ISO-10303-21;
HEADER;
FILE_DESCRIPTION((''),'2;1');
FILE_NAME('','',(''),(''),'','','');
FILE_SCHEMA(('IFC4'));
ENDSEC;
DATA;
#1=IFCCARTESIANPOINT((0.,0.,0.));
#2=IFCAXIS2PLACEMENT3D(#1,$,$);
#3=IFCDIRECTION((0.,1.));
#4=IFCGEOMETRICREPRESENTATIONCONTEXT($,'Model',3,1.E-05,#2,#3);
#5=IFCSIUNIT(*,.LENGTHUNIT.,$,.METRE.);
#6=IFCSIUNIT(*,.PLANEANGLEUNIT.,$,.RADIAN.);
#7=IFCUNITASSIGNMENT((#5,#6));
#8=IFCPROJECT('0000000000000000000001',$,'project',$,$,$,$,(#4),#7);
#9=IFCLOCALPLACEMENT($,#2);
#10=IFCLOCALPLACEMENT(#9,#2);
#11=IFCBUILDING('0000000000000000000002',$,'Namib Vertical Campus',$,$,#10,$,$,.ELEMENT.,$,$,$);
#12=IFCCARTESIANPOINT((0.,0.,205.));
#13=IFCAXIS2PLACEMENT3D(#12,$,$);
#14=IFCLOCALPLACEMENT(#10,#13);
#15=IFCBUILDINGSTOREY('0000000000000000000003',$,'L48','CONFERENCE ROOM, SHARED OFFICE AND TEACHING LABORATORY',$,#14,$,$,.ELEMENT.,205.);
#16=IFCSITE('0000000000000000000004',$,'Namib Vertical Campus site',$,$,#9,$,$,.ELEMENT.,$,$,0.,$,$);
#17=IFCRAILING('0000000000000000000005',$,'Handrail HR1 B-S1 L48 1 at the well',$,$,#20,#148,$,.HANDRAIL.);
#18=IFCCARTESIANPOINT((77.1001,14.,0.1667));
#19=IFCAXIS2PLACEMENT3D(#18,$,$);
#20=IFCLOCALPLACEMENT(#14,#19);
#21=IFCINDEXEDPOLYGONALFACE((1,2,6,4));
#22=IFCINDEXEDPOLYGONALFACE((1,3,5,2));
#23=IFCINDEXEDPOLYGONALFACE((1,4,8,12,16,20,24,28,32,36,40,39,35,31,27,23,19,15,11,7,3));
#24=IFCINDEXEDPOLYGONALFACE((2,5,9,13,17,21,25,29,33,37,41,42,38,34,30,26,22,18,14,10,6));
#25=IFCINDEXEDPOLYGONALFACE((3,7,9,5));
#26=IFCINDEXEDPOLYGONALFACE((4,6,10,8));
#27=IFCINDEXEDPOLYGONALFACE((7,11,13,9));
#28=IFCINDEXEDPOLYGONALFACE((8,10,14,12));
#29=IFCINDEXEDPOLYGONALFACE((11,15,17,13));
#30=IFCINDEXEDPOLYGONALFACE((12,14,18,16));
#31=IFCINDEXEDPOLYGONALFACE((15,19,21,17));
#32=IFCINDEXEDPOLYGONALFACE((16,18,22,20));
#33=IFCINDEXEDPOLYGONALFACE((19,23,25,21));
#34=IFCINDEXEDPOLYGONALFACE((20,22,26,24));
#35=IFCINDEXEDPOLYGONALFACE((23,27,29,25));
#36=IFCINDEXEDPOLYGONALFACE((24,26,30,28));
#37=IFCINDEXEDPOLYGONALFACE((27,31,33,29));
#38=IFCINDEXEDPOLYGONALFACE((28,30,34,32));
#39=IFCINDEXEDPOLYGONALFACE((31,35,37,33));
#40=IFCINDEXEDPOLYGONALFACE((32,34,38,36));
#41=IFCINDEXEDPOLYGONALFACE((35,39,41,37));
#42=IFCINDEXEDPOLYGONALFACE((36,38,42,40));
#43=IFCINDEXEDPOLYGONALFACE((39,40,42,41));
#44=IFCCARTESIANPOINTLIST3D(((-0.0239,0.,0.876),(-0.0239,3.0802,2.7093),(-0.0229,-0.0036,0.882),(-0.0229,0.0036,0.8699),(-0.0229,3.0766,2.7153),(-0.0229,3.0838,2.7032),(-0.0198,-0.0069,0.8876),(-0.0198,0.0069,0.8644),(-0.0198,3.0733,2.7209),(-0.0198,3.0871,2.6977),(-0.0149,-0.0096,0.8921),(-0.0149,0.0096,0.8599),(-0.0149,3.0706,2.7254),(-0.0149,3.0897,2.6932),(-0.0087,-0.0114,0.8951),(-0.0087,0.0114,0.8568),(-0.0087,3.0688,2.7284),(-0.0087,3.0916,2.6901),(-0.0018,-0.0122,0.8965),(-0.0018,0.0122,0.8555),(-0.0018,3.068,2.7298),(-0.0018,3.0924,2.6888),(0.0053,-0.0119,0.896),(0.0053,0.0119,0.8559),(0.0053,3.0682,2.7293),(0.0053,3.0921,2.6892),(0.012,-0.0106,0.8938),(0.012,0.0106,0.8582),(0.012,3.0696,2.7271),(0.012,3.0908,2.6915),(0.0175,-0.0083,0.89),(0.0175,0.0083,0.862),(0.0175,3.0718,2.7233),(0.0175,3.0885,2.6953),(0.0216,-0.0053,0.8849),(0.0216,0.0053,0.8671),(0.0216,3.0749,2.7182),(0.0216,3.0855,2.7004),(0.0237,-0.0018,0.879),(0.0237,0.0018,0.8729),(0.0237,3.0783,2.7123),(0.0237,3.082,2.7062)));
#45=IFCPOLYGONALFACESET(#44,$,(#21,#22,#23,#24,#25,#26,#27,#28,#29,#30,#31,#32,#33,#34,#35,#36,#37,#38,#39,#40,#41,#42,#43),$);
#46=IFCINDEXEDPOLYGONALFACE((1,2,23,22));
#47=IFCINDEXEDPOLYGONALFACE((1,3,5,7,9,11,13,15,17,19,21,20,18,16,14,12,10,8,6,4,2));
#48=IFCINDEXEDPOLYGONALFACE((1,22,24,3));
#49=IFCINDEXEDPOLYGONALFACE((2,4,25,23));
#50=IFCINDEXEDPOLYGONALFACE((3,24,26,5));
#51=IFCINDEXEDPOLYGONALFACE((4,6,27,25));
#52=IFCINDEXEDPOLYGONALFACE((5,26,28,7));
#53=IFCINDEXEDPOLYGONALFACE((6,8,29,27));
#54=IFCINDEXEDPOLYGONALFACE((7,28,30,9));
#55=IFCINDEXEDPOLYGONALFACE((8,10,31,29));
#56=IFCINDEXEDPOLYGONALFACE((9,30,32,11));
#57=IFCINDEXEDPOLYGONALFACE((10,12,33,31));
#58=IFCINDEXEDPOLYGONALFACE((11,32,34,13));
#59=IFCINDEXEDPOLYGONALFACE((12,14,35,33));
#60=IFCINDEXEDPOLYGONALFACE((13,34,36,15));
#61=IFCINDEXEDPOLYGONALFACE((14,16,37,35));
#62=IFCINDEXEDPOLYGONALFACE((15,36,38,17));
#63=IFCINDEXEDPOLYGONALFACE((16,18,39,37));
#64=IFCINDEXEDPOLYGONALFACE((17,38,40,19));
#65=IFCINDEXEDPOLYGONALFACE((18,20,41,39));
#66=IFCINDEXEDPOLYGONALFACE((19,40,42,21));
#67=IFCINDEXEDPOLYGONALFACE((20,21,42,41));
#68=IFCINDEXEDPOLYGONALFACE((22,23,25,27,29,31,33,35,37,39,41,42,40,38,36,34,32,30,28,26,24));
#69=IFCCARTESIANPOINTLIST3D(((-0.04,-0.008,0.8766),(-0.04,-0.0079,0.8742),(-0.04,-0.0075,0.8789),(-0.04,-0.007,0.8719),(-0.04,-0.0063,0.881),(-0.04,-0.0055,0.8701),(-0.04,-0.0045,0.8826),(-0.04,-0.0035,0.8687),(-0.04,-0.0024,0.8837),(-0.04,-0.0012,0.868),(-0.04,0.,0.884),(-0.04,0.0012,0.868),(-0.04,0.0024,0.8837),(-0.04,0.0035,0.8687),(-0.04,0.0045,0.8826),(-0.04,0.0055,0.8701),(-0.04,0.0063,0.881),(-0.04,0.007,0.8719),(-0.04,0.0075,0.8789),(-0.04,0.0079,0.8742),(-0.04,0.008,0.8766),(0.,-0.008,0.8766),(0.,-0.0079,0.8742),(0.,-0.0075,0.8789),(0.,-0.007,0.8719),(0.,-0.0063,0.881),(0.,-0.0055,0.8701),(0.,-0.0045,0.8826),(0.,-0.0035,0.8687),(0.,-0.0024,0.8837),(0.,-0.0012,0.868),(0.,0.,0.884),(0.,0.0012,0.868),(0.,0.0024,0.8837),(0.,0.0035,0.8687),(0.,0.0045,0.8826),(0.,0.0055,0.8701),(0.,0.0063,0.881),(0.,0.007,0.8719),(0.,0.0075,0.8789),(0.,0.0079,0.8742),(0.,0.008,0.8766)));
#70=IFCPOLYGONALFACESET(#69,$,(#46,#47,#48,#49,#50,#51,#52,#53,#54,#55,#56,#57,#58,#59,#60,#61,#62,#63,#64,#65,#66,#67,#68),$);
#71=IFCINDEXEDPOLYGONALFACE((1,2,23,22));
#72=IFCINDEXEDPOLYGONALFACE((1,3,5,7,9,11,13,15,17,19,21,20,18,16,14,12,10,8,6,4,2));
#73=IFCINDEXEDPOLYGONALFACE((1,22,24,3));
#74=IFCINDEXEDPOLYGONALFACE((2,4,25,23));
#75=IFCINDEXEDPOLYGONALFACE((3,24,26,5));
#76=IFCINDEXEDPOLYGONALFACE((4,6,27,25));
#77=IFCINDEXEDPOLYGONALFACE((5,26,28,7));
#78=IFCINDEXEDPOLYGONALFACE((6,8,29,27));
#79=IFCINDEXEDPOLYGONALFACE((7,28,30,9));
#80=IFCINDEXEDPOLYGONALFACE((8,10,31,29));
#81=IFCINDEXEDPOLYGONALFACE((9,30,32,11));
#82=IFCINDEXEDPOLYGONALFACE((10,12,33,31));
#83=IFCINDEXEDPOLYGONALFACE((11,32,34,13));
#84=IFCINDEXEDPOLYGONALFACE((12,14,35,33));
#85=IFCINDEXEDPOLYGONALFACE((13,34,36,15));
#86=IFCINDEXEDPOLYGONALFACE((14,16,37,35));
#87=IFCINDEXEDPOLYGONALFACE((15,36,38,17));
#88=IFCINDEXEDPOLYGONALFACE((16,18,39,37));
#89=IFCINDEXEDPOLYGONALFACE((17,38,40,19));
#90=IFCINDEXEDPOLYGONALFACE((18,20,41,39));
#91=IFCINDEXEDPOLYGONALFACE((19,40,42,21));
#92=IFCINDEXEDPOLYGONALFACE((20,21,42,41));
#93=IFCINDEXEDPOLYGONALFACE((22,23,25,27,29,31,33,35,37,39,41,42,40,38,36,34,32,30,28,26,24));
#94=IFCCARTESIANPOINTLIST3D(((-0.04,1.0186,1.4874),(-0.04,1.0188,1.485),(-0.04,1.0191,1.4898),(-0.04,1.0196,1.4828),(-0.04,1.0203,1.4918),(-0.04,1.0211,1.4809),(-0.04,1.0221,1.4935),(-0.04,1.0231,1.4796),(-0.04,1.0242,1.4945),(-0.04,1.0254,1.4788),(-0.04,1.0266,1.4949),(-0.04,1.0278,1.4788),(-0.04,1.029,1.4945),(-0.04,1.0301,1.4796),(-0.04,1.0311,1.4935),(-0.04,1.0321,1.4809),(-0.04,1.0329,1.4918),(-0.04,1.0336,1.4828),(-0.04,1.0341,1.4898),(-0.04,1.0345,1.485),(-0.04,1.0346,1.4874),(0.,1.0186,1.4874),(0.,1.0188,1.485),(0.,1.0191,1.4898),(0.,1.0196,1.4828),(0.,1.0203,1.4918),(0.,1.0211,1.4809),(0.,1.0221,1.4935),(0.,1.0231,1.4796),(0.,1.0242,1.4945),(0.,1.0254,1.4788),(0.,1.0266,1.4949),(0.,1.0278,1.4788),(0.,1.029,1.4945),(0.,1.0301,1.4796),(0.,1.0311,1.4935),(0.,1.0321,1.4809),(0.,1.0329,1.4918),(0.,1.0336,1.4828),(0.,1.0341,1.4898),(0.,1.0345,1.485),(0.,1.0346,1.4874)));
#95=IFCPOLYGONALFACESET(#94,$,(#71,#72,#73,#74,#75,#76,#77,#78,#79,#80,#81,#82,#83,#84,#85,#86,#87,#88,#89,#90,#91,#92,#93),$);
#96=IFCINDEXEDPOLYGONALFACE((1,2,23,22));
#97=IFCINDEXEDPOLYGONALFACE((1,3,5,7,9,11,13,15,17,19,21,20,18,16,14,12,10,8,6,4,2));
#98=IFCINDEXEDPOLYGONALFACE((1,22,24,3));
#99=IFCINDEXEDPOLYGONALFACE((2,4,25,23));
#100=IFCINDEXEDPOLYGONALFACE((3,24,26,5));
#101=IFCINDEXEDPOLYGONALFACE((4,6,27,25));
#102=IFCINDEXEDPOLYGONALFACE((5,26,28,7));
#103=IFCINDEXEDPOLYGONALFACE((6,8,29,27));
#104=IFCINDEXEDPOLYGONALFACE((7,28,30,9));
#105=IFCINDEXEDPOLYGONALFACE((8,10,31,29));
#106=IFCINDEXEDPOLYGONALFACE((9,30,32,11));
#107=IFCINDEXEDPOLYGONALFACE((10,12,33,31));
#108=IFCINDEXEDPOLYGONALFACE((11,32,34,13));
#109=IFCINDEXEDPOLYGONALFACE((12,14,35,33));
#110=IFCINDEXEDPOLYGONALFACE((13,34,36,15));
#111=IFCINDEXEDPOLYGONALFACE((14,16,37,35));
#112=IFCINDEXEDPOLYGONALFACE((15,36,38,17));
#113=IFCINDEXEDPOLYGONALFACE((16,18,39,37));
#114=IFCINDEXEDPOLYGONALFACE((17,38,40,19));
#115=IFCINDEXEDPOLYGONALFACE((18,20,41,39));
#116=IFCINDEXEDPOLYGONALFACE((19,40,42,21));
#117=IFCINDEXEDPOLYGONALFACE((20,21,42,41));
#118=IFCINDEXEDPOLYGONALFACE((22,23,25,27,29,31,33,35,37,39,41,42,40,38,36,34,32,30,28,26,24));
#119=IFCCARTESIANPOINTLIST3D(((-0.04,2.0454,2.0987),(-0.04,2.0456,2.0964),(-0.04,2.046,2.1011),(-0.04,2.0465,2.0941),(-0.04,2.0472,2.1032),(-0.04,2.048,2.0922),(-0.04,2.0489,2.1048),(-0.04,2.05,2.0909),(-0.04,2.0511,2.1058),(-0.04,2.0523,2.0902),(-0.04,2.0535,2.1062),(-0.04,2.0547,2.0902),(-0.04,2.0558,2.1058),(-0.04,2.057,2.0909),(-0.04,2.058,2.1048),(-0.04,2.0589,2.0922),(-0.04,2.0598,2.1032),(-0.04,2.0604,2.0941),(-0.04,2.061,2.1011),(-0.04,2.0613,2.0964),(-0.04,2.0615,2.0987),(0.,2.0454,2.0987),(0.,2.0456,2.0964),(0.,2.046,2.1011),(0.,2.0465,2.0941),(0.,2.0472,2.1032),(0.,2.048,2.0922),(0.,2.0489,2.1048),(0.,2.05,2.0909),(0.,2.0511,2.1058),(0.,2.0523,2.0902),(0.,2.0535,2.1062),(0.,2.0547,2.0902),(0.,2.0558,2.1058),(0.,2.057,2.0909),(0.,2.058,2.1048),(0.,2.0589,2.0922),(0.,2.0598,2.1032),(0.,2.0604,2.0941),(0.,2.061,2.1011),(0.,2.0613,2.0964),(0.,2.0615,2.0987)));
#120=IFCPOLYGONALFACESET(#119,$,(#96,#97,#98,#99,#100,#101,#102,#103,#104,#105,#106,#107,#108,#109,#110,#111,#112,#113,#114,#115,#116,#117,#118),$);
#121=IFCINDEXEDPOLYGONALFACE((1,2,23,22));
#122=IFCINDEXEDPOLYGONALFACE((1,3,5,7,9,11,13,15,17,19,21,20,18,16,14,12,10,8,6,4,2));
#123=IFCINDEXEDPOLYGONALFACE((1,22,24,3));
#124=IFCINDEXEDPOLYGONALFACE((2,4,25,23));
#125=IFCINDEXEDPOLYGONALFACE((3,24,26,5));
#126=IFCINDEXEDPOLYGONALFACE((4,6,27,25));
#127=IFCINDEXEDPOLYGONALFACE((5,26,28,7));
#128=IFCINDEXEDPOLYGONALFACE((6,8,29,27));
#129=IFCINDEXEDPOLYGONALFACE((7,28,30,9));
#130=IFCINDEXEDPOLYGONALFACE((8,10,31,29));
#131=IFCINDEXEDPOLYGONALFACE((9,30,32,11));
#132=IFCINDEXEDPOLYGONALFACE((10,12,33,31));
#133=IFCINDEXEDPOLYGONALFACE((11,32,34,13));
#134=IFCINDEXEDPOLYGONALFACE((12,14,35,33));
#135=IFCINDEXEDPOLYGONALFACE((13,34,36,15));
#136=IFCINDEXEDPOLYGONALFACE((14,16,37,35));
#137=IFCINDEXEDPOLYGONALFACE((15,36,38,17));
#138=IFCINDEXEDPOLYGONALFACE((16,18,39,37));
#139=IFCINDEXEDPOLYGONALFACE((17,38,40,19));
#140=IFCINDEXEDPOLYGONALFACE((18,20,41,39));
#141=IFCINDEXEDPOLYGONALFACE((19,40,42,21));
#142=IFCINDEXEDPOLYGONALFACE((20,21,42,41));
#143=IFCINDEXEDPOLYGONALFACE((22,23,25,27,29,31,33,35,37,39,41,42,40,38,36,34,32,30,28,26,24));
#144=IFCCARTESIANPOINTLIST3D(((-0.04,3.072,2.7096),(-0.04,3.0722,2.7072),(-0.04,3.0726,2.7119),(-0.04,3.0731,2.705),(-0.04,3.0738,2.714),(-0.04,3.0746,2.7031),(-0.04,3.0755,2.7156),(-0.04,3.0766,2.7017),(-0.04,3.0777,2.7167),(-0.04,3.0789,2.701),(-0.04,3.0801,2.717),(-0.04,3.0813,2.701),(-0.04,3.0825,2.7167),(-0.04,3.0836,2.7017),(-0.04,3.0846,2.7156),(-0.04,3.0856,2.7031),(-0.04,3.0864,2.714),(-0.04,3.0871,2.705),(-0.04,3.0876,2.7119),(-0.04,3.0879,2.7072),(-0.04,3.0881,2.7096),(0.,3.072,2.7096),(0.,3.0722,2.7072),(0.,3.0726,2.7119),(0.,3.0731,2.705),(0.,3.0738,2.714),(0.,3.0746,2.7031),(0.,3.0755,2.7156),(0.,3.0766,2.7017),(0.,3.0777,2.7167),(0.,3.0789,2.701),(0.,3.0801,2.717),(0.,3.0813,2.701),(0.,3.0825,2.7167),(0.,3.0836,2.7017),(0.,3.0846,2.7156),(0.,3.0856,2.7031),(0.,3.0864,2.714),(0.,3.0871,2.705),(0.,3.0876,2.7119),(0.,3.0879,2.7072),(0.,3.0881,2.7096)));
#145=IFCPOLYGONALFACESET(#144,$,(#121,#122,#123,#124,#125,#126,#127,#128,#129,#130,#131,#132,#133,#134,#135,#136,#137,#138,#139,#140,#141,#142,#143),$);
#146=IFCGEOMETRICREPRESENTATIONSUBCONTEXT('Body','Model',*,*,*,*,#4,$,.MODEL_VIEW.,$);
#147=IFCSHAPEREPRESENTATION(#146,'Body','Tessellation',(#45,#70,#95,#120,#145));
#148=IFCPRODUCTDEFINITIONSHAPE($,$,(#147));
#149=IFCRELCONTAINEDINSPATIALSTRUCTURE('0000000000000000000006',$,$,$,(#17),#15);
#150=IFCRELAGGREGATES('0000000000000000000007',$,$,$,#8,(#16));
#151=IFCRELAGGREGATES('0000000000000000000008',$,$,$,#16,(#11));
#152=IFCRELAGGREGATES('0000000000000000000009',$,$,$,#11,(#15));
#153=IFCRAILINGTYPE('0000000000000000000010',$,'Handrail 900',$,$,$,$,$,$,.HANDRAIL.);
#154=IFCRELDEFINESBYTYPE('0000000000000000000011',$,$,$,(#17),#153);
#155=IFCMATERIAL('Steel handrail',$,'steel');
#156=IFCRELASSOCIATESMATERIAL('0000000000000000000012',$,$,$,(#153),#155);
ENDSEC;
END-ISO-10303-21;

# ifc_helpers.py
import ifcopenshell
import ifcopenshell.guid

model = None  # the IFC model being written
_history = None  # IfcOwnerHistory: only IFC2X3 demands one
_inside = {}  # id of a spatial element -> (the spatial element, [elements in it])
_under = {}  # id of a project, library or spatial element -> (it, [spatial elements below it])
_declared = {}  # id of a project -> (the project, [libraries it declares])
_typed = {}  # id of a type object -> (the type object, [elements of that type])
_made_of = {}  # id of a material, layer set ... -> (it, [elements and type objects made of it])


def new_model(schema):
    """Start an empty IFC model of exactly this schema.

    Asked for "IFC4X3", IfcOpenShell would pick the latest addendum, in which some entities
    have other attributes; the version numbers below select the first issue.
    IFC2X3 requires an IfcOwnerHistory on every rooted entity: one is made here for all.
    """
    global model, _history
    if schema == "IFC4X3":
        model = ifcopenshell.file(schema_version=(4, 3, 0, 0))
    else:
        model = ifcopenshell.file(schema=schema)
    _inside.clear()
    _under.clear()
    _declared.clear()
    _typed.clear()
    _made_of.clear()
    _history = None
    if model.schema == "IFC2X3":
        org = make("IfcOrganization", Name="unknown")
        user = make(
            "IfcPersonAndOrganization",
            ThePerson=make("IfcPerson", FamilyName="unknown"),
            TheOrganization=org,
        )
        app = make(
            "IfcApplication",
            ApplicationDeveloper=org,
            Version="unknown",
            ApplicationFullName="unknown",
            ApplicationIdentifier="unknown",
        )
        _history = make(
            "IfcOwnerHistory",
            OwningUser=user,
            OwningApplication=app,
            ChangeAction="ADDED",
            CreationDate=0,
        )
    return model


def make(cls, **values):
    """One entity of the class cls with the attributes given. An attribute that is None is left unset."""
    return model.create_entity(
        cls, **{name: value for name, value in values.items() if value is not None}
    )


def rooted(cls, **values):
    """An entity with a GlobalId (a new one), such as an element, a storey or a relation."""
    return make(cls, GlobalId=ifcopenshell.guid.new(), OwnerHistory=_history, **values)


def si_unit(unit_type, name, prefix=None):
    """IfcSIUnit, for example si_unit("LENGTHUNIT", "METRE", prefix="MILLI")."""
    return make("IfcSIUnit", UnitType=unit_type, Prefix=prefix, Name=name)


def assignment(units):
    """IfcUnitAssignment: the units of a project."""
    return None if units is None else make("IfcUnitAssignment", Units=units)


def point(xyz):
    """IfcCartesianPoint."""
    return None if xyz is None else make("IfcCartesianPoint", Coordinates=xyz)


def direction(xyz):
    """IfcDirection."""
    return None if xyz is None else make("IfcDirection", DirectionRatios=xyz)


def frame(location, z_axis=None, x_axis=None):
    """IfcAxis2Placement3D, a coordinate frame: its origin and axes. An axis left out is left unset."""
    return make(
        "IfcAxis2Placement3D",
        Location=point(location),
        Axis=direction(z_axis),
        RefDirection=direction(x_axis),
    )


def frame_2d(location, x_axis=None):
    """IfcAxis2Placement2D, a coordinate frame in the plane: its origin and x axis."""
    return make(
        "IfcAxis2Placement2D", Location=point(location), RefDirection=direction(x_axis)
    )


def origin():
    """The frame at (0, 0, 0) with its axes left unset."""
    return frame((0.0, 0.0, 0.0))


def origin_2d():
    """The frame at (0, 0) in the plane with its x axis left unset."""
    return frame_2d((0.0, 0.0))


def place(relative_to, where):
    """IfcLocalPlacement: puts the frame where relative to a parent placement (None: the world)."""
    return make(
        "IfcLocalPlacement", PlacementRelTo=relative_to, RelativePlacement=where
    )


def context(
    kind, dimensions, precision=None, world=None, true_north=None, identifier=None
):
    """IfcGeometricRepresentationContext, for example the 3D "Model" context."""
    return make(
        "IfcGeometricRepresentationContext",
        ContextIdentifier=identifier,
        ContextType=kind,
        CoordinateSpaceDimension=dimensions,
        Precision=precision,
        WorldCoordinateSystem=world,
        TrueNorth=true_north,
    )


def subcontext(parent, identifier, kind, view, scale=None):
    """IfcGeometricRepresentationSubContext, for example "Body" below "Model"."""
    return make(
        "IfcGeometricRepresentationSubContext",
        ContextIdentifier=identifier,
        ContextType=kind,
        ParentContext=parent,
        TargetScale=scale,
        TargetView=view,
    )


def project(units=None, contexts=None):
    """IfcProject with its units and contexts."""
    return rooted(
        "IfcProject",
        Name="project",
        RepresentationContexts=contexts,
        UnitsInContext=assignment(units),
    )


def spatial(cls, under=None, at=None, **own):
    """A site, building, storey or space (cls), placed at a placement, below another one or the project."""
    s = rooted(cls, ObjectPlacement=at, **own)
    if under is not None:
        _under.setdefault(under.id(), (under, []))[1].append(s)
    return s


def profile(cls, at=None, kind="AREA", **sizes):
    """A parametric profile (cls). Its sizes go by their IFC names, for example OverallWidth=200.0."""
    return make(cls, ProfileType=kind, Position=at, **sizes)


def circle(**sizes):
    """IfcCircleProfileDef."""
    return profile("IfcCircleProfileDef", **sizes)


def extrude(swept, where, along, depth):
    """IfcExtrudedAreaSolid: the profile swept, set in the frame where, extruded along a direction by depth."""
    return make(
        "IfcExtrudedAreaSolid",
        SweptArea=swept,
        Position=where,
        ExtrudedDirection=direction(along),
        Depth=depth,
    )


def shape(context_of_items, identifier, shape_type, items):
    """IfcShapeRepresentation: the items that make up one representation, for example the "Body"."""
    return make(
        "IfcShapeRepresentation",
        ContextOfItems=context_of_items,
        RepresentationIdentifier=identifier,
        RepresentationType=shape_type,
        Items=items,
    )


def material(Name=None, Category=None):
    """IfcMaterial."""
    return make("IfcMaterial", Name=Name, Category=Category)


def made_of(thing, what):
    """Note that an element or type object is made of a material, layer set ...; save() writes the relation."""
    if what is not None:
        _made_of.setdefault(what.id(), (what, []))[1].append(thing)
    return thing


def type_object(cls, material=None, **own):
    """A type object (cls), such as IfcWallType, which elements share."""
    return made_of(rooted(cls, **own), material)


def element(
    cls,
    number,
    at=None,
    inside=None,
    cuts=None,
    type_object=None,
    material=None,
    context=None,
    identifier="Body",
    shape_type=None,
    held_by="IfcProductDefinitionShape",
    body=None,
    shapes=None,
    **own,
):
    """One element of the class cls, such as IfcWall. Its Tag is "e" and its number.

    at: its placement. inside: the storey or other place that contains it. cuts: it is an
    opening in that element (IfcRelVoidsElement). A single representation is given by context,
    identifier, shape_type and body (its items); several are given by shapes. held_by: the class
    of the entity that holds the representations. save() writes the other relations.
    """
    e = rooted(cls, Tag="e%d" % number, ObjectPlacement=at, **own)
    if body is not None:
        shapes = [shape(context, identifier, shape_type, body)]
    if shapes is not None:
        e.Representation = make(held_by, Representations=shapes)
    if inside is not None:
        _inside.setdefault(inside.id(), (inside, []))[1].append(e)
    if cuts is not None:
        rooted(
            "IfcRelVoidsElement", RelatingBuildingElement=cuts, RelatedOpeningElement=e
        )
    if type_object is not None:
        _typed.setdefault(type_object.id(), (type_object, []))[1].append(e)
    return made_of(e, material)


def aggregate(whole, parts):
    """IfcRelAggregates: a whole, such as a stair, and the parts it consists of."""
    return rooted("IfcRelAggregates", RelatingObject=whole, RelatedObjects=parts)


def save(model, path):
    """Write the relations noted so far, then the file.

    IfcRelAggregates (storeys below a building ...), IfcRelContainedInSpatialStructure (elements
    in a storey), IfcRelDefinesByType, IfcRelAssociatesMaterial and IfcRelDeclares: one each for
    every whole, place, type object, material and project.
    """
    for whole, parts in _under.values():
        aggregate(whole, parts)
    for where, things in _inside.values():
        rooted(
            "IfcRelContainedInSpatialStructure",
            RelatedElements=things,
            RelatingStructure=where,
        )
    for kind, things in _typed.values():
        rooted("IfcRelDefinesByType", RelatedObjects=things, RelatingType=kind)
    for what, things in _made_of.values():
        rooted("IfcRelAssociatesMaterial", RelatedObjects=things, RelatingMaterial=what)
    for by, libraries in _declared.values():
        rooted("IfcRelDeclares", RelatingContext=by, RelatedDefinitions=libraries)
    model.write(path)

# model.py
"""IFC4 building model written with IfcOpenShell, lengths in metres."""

from ifc_helpers import new_model, si_unit, direction, frame, origin, origin_2d, place, context, subcontext, project, spatial, circle, extrude, material, type_object, element, save


model = new_model("IFC4")

# Units and contexts
model_context = context("Model", 3, precision=1e-05, world=origin(), true_north=direction((0.0, 1.0)))
body_context = subcontext(model_context, "Body", "Model", "MODEL_VIEW")
ifc_project = project(units=[si_unit("LENGTHUNIT", "METRE"), si_unit("PLANEANGLEUNIT", "RADIAN")], contexts=[model_context])

# Site, building, storey
site_placement = place(None, origin())
site = spatial("IfcSite", under=ifc_project, at=site_placement, Name="Namib Vertical Campus site", CompositionType="ELEMENT", RefElevation=0.0)
building_placement = place(site_placement, origin())
building = spatial("IfcBuilding", under=site, at=building_placement, Name="Namib Vertical Campus", CompositionType="ELEMENT")
storey_placement = place(building_placement, frame((0.0, 0.0, 205.0)))
storey = spatial("IfcBuildingStorey", under=building, at=storey_placement, Name="L48", Description="CONFERENCE ROOM, SHARED OFFICE AND TEACHING LABORATORY", CompositionType="ELEMENT", Elevation=205.0)

# Railing
ifc_material_1 = material(Name="Steel handrail", Category="steel")
railing_type_1 = type_object("IfcRailingType", Name="Handrail 900", PredefinedType="HANDRAIL", material=ifc_material_1)
railing_1_placement = place(storey_placement, frame((77.1001, 14.0, 0.1667)))
element("IfcRailing", 1, at=railing_1_placement, inside=storey, type_object=railing_type_1, Name="Handrail HR1 B-S1 L48 1 at the well", PredefinedType="HANDRAIL", context=body_context, shape_type="SweptSolid", body=[
    extrude(circle(Radius=0.0239, at=origin_2d()), frame((0.0, 0.0, 0.876), z_axis=(0.0, 0.859309, 0.511458), x_axis=(-1.0, 0.0, 0.0)), (0.0, 0.0, 1.0), 3.5845),
    extrude(circle(Radius=0.0081, at=origin_2d()), frame((0.0, 0.0, 0.876), z_axis=(-1.0, 0.0, 0.0), x_axis=(0.0, 0.0, 1.0)), (0.0, 0.0, 1.0), 0.04),
    extrude(circle(Radius=0.0081, at=origin_2d()), frame((0.0, 1.0266, 1.4868), z_axis=(-1.0, 0.0, 0.0), x_axis=(0.0, 0.0, 1.0)), (0.0, 0.0, 1.0), 0.04),
    extrude(circle(Radius=0.0081, at=origin_2d()), frame((0.0, 2.0535, 2.0981), z_axis=(-1.0, 0.0, 0.0), x_axis=(0.0, 0.0, 1.0)), (0.0, 0.0, 1.0), 0.04),
    extrude(circle(Radius=0.0081, at=origin_2d()), frame((0.0, 3.0801, 2.709), z_axis=(-1.0, 0.0, 0.0), x_axis=(0.0, 0.0, 1.0)), (0.0, 0.0, 1.0), 0.04),
])

save(model, "model.ifc")
